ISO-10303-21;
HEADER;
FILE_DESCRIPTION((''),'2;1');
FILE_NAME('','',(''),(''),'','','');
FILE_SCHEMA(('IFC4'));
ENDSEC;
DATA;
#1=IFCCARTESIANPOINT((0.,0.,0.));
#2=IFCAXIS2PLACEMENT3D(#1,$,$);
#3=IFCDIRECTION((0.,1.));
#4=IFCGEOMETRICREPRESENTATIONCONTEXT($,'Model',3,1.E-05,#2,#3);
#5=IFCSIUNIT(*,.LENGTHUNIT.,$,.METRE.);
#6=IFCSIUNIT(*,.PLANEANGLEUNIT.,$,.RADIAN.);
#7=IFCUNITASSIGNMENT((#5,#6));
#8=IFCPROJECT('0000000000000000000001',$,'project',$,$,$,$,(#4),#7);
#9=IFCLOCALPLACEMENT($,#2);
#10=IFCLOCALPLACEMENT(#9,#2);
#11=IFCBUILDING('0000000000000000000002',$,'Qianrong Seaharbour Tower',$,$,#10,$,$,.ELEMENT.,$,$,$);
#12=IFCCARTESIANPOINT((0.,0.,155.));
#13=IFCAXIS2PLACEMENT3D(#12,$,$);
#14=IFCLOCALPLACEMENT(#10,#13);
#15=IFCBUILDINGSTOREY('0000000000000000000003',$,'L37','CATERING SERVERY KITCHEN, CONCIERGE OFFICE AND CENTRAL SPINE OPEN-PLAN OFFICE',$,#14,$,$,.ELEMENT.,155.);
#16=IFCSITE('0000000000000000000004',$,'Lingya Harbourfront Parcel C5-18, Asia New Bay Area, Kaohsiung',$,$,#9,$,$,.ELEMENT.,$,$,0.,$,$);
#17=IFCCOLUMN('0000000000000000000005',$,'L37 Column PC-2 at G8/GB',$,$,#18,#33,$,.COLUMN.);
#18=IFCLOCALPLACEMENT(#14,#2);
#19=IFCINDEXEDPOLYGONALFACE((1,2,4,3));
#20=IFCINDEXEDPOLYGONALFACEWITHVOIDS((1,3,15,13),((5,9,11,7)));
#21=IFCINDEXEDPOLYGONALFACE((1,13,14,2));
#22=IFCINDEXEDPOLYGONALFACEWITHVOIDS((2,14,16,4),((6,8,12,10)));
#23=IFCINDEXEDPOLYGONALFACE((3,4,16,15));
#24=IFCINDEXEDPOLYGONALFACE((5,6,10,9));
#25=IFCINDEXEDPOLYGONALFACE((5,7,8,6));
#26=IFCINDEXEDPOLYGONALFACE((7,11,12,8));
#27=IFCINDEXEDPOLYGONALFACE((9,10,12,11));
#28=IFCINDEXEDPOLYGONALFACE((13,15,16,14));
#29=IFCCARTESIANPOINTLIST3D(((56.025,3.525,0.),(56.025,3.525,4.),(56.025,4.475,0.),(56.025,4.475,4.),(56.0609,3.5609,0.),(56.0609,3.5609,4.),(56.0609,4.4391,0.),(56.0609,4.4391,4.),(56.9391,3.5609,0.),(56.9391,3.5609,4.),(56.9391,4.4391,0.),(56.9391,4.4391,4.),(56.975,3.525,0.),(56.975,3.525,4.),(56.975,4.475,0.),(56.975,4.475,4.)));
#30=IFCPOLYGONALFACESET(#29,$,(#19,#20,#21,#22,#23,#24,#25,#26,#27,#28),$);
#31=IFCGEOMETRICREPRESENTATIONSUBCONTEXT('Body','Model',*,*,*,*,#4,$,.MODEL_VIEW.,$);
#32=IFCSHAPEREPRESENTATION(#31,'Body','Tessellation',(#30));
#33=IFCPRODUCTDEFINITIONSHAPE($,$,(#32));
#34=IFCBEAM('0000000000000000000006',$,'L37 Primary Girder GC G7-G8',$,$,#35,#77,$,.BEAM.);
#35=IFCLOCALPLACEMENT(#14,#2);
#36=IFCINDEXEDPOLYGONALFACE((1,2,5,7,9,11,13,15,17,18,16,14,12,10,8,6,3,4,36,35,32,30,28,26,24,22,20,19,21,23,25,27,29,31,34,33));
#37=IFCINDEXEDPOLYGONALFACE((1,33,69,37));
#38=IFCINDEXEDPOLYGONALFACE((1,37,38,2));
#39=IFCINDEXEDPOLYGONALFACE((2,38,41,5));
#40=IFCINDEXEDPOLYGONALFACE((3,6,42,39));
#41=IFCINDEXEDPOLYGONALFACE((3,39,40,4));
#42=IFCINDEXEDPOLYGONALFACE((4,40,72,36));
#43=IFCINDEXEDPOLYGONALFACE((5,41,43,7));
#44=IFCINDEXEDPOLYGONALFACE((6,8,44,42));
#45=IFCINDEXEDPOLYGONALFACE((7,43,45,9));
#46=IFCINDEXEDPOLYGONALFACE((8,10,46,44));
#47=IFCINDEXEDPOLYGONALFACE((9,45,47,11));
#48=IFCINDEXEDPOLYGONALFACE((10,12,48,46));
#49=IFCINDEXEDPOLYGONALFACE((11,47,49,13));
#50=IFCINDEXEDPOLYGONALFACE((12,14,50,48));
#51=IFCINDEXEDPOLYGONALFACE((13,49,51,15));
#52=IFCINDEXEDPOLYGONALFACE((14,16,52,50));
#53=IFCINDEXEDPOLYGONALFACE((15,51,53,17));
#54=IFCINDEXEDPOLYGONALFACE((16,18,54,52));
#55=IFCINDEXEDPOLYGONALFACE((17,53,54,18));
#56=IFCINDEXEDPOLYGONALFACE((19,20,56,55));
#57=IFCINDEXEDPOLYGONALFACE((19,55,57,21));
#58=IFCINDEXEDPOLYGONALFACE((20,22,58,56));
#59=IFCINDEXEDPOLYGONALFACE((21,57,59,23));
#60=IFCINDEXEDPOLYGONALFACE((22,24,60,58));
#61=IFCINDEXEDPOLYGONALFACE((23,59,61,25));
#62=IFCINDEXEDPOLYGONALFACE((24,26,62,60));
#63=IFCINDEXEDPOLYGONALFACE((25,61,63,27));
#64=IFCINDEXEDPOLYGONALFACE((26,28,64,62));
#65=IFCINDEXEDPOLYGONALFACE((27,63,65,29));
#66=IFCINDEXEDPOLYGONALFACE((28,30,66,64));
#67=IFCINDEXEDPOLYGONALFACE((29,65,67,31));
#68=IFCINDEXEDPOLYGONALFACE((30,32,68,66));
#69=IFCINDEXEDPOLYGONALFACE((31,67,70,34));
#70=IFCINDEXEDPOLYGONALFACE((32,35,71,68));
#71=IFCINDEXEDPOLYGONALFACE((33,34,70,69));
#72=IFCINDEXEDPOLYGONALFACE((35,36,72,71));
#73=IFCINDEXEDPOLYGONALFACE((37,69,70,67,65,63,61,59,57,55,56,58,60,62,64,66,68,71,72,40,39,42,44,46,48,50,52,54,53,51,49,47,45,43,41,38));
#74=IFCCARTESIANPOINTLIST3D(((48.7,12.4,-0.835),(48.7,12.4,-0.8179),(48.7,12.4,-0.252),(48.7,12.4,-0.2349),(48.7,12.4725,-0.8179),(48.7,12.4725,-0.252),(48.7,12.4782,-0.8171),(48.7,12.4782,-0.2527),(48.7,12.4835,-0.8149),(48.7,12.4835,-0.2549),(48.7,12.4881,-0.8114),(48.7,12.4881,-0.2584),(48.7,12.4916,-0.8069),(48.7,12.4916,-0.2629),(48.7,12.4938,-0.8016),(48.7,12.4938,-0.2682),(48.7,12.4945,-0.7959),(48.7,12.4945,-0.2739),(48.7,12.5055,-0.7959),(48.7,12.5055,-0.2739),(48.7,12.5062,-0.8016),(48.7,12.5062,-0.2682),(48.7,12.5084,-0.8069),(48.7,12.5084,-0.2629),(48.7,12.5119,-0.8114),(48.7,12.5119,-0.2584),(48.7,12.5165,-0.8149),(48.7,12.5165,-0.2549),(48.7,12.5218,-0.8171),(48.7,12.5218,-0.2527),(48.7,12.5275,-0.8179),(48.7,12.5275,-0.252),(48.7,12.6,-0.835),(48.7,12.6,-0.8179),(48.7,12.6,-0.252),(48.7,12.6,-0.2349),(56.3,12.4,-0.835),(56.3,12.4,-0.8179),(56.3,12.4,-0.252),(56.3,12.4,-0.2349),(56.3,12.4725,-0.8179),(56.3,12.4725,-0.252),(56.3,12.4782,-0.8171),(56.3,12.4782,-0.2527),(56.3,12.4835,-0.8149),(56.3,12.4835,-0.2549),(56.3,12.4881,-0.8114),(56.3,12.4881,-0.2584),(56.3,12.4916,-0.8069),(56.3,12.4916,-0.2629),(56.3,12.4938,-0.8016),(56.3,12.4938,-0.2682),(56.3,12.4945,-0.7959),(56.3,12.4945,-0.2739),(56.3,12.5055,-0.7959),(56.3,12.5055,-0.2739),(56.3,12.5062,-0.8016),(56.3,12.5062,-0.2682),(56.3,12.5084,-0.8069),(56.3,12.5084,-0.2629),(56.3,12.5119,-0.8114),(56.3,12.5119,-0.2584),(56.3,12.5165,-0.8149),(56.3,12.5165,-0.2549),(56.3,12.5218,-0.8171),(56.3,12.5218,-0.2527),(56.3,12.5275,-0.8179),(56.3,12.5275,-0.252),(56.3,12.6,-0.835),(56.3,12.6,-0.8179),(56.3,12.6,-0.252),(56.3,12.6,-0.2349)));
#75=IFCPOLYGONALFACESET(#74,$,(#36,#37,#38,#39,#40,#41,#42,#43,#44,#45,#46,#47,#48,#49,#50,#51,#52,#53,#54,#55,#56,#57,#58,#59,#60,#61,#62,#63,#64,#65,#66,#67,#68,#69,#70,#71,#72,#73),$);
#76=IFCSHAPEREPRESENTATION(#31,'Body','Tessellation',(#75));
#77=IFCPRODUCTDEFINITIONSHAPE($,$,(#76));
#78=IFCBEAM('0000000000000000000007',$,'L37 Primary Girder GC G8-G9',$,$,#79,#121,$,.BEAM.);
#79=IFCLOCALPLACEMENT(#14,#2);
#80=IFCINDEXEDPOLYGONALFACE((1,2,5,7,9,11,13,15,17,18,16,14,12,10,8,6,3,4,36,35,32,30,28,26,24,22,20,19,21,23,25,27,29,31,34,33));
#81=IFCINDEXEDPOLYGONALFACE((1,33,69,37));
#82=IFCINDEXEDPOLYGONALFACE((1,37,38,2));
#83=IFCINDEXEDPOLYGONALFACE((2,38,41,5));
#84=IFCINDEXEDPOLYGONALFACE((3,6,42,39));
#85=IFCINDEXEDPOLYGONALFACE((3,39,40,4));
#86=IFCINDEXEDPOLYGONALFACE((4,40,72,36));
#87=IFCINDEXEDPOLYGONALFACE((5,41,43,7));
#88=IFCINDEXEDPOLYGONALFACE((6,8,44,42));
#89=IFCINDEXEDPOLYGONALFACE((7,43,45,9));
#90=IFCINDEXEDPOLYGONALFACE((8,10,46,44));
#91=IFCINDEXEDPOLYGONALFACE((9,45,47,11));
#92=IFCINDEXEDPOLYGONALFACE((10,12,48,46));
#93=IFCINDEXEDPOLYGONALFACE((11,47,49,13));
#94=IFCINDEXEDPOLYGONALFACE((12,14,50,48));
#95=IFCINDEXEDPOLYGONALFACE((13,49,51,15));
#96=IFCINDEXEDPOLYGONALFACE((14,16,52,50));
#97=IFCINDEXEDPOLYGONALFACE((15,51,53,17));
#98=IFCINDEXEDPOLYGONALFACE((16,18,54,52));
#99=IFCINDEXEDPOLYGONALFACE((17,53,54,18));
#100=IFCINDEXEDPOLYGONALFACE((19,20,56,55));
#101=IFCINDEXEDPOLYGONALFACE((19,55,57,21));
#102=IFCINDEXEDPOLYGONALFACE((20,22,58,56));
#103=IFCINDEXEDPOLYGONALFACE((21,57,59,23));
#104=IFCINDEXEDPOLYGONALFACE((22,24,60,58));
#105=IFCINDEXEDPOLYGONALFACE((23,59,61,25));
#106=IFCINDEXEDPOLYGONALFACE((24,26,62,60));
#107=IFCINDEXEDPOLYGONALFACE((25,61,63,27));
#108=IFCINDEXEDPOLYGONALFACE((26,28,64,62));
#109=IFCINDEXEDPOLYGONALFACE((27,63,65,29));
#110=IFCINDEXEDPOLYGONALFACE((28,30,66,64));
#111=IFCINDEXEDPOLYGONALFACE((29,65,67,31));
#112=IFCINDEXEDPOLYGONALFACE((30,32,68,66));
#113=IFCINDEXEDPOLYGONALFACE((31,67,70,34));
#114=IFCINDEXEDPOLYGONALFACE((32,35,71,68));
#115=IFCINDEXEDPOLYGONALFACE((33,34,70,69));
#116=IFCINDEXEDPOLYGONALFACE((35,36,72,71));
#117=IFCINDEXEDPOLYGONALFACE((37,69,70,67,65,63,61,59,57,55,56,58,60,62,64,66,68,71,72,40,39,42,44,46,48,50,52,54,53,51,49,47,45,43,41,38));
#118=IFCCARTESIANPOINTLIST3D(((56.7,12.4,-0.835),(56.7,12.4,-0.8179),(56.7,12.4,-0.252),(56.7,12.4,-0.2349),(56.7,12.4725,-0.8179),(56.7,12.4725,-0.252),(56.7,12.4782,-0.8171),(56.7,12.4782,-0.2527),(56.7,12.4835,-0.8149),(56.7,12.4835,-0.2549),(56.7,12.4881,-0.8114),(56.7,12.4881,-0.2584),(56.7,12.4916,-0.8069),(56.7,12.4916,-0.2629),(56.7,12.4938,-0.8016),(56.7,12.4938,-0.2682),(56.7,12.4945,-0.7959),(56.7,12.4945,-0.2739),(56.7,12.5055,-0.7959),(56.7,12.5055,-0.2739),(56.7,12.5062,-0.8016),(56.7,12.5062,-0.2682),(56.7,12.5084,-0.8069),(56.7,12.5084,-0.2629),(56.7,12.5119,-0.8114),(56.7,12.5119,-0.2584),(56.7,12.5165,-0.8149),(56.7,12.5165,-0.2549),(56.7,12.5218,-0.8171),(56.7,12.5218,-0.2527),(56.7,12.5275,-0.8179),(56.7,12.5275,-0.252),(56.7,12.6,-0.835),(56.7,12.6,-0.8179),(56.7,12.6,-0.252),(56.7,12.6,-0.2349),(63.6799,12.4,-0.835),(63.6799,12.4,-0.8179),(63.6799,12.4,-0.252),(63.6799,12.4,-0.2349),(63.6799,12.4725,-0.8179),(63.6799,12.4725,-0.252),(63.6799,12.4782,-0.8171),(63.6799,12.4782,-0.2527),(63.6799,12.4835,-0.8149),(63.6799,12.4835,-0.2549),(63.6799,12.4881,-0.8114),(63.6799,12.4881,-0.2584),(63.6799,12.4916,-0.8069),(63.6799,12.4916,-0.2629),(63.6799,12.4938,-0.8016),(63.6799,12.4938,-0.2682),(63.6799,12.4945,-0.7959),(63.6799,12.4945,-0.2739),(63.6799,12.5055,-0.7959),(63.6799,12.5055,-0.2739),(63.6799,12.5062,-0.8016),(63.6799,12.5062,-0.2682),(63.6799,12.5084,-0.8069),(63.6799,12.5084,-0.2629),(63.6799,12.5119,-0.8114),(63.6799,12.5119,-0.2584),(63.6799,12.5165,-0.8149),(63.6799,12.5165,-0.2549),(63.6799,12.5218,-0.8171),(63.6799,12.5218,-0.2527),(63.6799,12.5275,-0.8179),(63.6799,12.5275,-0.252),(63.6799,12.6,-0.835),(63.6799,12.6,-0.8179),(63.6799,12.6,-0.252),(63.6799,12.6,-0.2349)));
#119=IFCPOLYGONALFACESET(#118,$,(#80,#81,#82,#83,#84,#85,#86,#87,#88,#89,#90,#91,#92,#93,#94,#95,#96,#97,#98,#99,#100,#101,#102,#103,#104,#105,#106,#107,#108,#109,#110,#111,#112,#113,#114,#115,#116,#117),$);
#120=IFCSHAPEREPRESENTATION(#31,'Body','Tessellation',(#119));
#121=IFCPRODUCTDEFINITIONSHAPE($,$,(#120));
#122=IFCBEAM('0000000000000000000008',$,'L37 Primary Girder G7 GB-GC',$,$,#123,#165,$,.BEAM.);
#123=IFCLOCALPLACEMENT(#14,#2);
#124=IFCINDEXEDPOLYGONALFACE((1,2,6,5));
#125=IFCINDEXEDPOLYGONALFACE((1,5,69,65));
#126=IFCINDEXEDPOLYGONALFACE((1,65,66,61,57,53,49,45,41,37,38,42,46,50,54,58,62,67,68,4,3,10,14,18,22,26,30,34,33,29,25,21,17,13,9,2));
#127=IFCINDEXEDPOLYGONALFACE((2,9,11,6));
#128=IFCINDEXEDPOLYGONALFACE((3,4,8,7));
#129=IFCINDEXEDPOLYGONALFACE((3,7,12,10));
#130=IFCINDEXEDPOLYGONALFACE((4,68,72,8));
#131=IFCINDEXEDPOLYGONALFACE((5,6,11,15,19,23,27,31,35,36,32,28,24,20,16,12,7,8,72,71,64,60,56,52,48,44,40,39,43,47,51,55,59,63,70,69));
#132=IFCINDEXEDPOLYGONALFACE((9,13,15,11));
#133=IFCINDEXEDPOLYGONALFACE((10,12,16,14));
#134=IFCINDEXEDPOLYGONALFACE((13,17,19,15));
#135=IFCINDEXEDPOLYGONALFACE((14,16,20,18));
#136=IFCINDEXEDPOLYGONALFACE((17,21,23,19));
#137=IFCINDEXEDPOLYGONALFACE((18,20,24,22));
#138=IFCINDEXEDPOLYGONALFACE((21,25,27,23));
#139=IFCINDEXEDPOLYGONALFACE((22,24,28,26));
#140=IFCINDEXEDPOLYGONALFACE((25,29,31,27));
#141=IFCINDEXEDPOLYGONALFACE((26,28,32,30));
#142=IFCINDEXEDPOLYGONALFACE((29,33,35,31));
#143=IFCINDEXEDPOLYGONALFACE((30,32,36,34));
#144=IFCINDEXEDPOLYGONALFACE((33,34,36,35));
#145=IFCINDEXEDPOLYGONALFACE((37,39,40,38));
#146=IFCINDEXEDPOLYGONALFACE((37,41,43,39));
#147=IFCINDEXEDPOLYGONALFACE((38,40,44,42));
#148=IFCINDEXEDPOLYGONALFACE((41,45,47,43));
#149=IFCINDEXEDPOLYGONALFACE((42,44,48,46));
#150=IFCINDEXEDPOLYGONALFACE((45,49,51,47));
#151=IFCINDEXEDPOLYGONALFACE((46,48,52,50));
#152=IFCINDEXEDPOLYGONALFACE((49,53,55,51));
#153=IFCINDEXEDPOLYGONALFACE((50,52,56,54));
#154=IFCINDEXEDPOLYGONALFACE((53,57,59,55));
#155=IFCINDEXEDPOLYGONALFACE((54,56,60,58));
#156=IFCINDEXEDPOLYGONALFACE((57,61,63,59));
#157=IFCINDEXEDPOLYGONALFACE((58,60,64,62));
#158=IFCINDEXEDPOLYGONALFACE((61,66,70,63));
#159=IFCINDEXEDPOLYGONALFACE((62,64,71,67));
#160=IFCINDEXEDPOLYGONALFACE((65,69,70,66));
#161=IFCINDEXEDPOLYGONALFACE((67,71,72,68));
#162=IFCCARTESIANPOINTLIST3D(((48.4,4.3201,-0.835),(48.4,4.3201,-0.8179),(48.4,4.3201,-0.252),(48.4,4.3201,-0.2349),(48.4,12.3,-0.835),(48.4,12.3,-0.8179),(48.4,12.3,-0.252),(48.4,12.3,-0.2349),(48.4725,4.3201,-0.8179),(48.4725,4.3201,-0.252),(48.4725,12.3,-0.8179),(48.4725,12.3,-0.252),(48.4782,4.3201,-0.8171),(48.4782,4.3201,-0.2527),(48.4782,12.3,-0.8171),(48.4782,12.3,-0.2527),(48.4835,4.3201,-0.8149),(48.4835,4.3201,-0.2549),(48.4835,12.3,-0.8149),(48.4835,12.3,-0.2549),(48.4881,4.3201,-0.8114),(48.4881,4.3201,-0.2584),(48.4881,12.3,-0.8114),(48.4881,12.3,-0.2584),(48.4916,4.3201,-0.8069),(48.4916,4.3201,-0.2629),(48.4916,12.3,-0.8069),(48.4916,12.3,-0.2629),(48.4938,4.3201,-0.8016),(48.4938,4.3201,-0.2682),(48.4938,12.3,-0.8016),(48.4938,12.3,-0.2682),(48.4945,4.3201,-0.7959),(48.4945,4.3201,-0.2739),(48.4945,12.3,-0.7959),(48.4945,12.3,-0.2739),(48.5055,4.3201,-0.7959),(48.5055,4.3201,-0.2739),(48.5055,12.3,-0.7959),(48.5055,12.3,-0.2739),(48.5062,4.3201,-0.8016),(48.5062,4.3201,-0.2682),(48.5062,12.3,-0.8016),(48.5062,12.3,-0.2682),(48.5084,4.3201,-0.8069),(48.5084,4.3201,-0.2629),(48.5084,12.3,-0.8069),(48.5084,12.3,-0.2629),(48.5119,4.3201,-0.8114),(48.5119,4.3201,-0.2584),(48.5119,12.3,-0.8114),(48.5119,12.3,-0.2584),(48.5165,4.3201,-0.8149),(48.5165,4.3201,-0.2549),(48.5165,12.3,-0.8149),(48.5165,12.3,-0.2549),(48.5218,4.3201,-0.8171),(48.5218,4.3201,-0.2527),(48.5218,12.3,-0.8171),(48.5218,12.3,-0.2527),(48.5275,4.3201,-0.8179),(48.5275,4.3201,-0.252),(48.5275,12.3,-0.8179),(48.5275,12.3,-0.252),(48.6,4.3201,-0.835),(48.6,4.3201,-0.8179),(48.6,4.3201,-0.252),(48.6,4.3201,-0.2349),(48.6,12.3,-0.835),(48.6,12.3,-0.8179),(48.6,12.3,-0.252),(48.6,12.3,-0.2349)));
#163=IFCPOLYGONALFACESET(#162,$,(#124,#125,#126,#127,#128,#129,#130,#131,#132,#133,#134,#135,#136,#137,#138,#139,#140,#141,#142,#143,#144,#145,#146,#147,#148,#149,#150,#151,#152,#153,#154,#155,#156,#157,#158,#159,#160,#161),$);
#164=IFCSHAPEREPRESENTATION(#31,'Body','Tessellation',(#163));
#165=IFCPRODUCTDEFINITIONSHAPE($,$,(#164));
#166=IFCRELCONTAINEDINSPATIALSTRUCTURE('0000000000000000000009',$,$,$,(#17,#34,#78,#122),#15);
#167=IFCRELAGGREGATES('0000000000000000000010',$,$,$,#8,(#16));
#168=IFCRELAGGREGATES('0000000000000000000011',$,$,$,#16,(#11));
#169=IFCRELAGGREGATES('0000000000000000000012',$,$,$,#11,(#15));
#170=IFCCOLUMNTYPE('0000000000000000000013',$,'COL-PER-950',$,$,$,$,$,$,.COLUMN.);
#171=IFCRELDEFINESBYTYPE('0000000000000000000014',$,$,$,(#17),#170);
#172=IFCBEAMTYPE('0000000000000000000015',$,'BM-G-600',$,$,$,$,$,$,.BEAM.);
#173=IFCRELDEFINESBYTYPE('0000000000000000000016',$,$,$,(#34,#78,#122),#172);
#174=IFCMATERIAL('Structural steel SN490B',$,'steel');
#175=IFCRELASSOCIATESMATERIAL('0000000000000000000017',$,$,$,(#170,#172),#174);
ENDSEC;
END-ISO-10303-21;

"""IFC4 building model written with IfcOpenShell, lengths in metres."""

from ifc_helpers import new_model, si_unit, direction, frame, origin, origin_2d, place, context, subcontext, project, spatial, hollow_rectangle, i_section, extrude, material, material_profile, profile_set, type_object, element, save


model = new_model("IFC4")

# Units and contexts
model_context = context("Model", 3, precision=1e-05, world=origin(), true_north=direction((0.0, 1.0)))
body_context = subcontext(model_context, "Body", "Model", "MODEL_VIEW")
ifc_project = project(units=[si_unit("LENGTHUNIT", "METRE"), si_unit("PLANEANGLEUNIT", "RADIAN")], contexts=[model_context])

# Site, building, storey
site_placement = place(None, origin())
site = spatial("IfcSite", under=ifc_project, at=site_placement, Name="Lingya Harbourfront Parcel C5-18, Asia New Bay Area, Kaohsiung", CompositionType="ELEMENT", RefElevation=0.0)
building_placement = place(site_placement, origin())
building = spatial("IfcBuilding", under=site, at=building_placement, Name="Qianrong Seaharbour Tower", CompositionType="ELEMENT")
storey_placement = place(building_placement, frame((0.0, 0.0, 155.0)))
storey = spatial("IfcBuildingStorey", under=building, at=storey_placement, Name="L37", Description="CATERING SERVERY KITCHEN, CONCIERGE OFFICE AND CENTRAL SPINE OPEN-PLAN OFFICE", CompositionType="ELEMENT", Elevation=155.0)

# Column
ifc_material_1 = material(Name="Structural steel SN490B", Category="steel")
ifc_material_profile_1 = material_profile(ifc_material_1, hollow_rectangle(XDim=0.95, YDim=0.95, WallThickness=0.0359, at=origin_2d()), Name="BOX950x950x36")
ifc_profile_set_1 = profile_set([ifc_material_profile_1], Name="Structural steel SN490B")
column_type_1 = type_object("IfcColumnType", Name="COL-PER-950", PredefinedType="COLUMN", material=ifc_profile_set_1)
for number, where, z_axis, x_axis, name in (
    (1, (56.5, 4.0, 0.0), (0.0, 0.0, 1.0), (1.0, 0.0, 0.0), "L37 Column PC-2 at G8/GB"),
):
    element("IfcColumn", number, at=place(storey_placement, frame(where, z_axis=z_axis, x_axis=x_axis)), inside=storey, type_object=column_type_1, Name=name, PredefinedType="COLUMN", context=body_context, shape_type="SweptSolid", body=[
        extrude(hollow_rectangle(XDim=0.95, YDim=0.95, WallThickness=0.0359, at=origin_2d()), origin(), (0.0, 0.0, 1.0), 4.0),
    ])

# Beams
ifc_material_profile_2 = material_profile(ifc_material_1, i_section(OverallWidth=0.2, OverallDepth=0.6001, WebThickness=0.011, FlangeThickness=0.0171, FilletRadius=0.022, at=origin_2d()), Name="H600x200x11x17")
ifc_profile_set_2 = profile_set([ifc_material_profile_2], Name="Structural steel SN490B")
beam_type_1 = type_object("IfcBeamType", Name="BM-G-600", PredefinedType="BEAM", material=ifc_profile_set_2)
beam_1_placement = place(storey_placement, frame((48.7, 12.5, -0.5349), z_axis=(1.0, 0.0, 0.0), x_axis=(0.0, 1.0, 0.0)))
element("IfcBeam", 2, at=beam_1_placement, inside=storey, type_object=beam_type_1, Name="L37 Primary Girder GC G7-G8", PredefinedType="BEAM", context=body_context, shape_type="SweptSolid", body=[
    extrude(i_section(OverallWidth=0.2, OverallDepth=0.6001, WebThickness=0.011, FlangeThickness=0.0171, FilletRadius=0.022, at=origin_2d()), origin(), (0.0, 0.0, 1.0), 7.6001),
])
beam_2_placement = place(storey_placement, frame((56.7, 12.5, -0.5349), z_axis=(1.0, 0.0, 0.0), x_axis=(0.0, 1.0, 0.0)))
element("IfcBeam", 3, at=beam_2_placement, inside=storey, type_object=beam_type_1, Name="L37 Primary Girder GC G8-G9", PredefinedType="BEAM", context=body_context, shape_type="SweptSolid", body=[
    extrude(i_section(OverallWidth=0.2, OverallDepth=0.6001, WebThickness=0.011, FlangeThickness=0.0171, FilletRadius=0.022, at=origin_2d()), origin(), (0.0, 0.0, 1.0), 6.98),
])
beam_3_placement = place(storey_placement, frame((48.5, 4.3201, -0.5349), z_axis=(0.0, 1.0, 0.0), x_axis=(-1.0, 0.0, 0.0)))
element("IfcBeam", 4, at=beam_3_placement, inside=storey, type_object=beam_type_1, Name="L37 Primary Girder G7 GB-GC", PredefinedType="BEAM", context=body_context, shape_type="SweptSolid", body=[
    extrude(i_section(OverallWidth=0.2, OverallDepth=0.6001, WebThickness=0.011, FlangeThickness=0.0171, FilletRadius=0.022, at=origin_2d()), origin(), (0.0, 0.0, 1.0), 7.98),
])

save(model, "model.ifc")
